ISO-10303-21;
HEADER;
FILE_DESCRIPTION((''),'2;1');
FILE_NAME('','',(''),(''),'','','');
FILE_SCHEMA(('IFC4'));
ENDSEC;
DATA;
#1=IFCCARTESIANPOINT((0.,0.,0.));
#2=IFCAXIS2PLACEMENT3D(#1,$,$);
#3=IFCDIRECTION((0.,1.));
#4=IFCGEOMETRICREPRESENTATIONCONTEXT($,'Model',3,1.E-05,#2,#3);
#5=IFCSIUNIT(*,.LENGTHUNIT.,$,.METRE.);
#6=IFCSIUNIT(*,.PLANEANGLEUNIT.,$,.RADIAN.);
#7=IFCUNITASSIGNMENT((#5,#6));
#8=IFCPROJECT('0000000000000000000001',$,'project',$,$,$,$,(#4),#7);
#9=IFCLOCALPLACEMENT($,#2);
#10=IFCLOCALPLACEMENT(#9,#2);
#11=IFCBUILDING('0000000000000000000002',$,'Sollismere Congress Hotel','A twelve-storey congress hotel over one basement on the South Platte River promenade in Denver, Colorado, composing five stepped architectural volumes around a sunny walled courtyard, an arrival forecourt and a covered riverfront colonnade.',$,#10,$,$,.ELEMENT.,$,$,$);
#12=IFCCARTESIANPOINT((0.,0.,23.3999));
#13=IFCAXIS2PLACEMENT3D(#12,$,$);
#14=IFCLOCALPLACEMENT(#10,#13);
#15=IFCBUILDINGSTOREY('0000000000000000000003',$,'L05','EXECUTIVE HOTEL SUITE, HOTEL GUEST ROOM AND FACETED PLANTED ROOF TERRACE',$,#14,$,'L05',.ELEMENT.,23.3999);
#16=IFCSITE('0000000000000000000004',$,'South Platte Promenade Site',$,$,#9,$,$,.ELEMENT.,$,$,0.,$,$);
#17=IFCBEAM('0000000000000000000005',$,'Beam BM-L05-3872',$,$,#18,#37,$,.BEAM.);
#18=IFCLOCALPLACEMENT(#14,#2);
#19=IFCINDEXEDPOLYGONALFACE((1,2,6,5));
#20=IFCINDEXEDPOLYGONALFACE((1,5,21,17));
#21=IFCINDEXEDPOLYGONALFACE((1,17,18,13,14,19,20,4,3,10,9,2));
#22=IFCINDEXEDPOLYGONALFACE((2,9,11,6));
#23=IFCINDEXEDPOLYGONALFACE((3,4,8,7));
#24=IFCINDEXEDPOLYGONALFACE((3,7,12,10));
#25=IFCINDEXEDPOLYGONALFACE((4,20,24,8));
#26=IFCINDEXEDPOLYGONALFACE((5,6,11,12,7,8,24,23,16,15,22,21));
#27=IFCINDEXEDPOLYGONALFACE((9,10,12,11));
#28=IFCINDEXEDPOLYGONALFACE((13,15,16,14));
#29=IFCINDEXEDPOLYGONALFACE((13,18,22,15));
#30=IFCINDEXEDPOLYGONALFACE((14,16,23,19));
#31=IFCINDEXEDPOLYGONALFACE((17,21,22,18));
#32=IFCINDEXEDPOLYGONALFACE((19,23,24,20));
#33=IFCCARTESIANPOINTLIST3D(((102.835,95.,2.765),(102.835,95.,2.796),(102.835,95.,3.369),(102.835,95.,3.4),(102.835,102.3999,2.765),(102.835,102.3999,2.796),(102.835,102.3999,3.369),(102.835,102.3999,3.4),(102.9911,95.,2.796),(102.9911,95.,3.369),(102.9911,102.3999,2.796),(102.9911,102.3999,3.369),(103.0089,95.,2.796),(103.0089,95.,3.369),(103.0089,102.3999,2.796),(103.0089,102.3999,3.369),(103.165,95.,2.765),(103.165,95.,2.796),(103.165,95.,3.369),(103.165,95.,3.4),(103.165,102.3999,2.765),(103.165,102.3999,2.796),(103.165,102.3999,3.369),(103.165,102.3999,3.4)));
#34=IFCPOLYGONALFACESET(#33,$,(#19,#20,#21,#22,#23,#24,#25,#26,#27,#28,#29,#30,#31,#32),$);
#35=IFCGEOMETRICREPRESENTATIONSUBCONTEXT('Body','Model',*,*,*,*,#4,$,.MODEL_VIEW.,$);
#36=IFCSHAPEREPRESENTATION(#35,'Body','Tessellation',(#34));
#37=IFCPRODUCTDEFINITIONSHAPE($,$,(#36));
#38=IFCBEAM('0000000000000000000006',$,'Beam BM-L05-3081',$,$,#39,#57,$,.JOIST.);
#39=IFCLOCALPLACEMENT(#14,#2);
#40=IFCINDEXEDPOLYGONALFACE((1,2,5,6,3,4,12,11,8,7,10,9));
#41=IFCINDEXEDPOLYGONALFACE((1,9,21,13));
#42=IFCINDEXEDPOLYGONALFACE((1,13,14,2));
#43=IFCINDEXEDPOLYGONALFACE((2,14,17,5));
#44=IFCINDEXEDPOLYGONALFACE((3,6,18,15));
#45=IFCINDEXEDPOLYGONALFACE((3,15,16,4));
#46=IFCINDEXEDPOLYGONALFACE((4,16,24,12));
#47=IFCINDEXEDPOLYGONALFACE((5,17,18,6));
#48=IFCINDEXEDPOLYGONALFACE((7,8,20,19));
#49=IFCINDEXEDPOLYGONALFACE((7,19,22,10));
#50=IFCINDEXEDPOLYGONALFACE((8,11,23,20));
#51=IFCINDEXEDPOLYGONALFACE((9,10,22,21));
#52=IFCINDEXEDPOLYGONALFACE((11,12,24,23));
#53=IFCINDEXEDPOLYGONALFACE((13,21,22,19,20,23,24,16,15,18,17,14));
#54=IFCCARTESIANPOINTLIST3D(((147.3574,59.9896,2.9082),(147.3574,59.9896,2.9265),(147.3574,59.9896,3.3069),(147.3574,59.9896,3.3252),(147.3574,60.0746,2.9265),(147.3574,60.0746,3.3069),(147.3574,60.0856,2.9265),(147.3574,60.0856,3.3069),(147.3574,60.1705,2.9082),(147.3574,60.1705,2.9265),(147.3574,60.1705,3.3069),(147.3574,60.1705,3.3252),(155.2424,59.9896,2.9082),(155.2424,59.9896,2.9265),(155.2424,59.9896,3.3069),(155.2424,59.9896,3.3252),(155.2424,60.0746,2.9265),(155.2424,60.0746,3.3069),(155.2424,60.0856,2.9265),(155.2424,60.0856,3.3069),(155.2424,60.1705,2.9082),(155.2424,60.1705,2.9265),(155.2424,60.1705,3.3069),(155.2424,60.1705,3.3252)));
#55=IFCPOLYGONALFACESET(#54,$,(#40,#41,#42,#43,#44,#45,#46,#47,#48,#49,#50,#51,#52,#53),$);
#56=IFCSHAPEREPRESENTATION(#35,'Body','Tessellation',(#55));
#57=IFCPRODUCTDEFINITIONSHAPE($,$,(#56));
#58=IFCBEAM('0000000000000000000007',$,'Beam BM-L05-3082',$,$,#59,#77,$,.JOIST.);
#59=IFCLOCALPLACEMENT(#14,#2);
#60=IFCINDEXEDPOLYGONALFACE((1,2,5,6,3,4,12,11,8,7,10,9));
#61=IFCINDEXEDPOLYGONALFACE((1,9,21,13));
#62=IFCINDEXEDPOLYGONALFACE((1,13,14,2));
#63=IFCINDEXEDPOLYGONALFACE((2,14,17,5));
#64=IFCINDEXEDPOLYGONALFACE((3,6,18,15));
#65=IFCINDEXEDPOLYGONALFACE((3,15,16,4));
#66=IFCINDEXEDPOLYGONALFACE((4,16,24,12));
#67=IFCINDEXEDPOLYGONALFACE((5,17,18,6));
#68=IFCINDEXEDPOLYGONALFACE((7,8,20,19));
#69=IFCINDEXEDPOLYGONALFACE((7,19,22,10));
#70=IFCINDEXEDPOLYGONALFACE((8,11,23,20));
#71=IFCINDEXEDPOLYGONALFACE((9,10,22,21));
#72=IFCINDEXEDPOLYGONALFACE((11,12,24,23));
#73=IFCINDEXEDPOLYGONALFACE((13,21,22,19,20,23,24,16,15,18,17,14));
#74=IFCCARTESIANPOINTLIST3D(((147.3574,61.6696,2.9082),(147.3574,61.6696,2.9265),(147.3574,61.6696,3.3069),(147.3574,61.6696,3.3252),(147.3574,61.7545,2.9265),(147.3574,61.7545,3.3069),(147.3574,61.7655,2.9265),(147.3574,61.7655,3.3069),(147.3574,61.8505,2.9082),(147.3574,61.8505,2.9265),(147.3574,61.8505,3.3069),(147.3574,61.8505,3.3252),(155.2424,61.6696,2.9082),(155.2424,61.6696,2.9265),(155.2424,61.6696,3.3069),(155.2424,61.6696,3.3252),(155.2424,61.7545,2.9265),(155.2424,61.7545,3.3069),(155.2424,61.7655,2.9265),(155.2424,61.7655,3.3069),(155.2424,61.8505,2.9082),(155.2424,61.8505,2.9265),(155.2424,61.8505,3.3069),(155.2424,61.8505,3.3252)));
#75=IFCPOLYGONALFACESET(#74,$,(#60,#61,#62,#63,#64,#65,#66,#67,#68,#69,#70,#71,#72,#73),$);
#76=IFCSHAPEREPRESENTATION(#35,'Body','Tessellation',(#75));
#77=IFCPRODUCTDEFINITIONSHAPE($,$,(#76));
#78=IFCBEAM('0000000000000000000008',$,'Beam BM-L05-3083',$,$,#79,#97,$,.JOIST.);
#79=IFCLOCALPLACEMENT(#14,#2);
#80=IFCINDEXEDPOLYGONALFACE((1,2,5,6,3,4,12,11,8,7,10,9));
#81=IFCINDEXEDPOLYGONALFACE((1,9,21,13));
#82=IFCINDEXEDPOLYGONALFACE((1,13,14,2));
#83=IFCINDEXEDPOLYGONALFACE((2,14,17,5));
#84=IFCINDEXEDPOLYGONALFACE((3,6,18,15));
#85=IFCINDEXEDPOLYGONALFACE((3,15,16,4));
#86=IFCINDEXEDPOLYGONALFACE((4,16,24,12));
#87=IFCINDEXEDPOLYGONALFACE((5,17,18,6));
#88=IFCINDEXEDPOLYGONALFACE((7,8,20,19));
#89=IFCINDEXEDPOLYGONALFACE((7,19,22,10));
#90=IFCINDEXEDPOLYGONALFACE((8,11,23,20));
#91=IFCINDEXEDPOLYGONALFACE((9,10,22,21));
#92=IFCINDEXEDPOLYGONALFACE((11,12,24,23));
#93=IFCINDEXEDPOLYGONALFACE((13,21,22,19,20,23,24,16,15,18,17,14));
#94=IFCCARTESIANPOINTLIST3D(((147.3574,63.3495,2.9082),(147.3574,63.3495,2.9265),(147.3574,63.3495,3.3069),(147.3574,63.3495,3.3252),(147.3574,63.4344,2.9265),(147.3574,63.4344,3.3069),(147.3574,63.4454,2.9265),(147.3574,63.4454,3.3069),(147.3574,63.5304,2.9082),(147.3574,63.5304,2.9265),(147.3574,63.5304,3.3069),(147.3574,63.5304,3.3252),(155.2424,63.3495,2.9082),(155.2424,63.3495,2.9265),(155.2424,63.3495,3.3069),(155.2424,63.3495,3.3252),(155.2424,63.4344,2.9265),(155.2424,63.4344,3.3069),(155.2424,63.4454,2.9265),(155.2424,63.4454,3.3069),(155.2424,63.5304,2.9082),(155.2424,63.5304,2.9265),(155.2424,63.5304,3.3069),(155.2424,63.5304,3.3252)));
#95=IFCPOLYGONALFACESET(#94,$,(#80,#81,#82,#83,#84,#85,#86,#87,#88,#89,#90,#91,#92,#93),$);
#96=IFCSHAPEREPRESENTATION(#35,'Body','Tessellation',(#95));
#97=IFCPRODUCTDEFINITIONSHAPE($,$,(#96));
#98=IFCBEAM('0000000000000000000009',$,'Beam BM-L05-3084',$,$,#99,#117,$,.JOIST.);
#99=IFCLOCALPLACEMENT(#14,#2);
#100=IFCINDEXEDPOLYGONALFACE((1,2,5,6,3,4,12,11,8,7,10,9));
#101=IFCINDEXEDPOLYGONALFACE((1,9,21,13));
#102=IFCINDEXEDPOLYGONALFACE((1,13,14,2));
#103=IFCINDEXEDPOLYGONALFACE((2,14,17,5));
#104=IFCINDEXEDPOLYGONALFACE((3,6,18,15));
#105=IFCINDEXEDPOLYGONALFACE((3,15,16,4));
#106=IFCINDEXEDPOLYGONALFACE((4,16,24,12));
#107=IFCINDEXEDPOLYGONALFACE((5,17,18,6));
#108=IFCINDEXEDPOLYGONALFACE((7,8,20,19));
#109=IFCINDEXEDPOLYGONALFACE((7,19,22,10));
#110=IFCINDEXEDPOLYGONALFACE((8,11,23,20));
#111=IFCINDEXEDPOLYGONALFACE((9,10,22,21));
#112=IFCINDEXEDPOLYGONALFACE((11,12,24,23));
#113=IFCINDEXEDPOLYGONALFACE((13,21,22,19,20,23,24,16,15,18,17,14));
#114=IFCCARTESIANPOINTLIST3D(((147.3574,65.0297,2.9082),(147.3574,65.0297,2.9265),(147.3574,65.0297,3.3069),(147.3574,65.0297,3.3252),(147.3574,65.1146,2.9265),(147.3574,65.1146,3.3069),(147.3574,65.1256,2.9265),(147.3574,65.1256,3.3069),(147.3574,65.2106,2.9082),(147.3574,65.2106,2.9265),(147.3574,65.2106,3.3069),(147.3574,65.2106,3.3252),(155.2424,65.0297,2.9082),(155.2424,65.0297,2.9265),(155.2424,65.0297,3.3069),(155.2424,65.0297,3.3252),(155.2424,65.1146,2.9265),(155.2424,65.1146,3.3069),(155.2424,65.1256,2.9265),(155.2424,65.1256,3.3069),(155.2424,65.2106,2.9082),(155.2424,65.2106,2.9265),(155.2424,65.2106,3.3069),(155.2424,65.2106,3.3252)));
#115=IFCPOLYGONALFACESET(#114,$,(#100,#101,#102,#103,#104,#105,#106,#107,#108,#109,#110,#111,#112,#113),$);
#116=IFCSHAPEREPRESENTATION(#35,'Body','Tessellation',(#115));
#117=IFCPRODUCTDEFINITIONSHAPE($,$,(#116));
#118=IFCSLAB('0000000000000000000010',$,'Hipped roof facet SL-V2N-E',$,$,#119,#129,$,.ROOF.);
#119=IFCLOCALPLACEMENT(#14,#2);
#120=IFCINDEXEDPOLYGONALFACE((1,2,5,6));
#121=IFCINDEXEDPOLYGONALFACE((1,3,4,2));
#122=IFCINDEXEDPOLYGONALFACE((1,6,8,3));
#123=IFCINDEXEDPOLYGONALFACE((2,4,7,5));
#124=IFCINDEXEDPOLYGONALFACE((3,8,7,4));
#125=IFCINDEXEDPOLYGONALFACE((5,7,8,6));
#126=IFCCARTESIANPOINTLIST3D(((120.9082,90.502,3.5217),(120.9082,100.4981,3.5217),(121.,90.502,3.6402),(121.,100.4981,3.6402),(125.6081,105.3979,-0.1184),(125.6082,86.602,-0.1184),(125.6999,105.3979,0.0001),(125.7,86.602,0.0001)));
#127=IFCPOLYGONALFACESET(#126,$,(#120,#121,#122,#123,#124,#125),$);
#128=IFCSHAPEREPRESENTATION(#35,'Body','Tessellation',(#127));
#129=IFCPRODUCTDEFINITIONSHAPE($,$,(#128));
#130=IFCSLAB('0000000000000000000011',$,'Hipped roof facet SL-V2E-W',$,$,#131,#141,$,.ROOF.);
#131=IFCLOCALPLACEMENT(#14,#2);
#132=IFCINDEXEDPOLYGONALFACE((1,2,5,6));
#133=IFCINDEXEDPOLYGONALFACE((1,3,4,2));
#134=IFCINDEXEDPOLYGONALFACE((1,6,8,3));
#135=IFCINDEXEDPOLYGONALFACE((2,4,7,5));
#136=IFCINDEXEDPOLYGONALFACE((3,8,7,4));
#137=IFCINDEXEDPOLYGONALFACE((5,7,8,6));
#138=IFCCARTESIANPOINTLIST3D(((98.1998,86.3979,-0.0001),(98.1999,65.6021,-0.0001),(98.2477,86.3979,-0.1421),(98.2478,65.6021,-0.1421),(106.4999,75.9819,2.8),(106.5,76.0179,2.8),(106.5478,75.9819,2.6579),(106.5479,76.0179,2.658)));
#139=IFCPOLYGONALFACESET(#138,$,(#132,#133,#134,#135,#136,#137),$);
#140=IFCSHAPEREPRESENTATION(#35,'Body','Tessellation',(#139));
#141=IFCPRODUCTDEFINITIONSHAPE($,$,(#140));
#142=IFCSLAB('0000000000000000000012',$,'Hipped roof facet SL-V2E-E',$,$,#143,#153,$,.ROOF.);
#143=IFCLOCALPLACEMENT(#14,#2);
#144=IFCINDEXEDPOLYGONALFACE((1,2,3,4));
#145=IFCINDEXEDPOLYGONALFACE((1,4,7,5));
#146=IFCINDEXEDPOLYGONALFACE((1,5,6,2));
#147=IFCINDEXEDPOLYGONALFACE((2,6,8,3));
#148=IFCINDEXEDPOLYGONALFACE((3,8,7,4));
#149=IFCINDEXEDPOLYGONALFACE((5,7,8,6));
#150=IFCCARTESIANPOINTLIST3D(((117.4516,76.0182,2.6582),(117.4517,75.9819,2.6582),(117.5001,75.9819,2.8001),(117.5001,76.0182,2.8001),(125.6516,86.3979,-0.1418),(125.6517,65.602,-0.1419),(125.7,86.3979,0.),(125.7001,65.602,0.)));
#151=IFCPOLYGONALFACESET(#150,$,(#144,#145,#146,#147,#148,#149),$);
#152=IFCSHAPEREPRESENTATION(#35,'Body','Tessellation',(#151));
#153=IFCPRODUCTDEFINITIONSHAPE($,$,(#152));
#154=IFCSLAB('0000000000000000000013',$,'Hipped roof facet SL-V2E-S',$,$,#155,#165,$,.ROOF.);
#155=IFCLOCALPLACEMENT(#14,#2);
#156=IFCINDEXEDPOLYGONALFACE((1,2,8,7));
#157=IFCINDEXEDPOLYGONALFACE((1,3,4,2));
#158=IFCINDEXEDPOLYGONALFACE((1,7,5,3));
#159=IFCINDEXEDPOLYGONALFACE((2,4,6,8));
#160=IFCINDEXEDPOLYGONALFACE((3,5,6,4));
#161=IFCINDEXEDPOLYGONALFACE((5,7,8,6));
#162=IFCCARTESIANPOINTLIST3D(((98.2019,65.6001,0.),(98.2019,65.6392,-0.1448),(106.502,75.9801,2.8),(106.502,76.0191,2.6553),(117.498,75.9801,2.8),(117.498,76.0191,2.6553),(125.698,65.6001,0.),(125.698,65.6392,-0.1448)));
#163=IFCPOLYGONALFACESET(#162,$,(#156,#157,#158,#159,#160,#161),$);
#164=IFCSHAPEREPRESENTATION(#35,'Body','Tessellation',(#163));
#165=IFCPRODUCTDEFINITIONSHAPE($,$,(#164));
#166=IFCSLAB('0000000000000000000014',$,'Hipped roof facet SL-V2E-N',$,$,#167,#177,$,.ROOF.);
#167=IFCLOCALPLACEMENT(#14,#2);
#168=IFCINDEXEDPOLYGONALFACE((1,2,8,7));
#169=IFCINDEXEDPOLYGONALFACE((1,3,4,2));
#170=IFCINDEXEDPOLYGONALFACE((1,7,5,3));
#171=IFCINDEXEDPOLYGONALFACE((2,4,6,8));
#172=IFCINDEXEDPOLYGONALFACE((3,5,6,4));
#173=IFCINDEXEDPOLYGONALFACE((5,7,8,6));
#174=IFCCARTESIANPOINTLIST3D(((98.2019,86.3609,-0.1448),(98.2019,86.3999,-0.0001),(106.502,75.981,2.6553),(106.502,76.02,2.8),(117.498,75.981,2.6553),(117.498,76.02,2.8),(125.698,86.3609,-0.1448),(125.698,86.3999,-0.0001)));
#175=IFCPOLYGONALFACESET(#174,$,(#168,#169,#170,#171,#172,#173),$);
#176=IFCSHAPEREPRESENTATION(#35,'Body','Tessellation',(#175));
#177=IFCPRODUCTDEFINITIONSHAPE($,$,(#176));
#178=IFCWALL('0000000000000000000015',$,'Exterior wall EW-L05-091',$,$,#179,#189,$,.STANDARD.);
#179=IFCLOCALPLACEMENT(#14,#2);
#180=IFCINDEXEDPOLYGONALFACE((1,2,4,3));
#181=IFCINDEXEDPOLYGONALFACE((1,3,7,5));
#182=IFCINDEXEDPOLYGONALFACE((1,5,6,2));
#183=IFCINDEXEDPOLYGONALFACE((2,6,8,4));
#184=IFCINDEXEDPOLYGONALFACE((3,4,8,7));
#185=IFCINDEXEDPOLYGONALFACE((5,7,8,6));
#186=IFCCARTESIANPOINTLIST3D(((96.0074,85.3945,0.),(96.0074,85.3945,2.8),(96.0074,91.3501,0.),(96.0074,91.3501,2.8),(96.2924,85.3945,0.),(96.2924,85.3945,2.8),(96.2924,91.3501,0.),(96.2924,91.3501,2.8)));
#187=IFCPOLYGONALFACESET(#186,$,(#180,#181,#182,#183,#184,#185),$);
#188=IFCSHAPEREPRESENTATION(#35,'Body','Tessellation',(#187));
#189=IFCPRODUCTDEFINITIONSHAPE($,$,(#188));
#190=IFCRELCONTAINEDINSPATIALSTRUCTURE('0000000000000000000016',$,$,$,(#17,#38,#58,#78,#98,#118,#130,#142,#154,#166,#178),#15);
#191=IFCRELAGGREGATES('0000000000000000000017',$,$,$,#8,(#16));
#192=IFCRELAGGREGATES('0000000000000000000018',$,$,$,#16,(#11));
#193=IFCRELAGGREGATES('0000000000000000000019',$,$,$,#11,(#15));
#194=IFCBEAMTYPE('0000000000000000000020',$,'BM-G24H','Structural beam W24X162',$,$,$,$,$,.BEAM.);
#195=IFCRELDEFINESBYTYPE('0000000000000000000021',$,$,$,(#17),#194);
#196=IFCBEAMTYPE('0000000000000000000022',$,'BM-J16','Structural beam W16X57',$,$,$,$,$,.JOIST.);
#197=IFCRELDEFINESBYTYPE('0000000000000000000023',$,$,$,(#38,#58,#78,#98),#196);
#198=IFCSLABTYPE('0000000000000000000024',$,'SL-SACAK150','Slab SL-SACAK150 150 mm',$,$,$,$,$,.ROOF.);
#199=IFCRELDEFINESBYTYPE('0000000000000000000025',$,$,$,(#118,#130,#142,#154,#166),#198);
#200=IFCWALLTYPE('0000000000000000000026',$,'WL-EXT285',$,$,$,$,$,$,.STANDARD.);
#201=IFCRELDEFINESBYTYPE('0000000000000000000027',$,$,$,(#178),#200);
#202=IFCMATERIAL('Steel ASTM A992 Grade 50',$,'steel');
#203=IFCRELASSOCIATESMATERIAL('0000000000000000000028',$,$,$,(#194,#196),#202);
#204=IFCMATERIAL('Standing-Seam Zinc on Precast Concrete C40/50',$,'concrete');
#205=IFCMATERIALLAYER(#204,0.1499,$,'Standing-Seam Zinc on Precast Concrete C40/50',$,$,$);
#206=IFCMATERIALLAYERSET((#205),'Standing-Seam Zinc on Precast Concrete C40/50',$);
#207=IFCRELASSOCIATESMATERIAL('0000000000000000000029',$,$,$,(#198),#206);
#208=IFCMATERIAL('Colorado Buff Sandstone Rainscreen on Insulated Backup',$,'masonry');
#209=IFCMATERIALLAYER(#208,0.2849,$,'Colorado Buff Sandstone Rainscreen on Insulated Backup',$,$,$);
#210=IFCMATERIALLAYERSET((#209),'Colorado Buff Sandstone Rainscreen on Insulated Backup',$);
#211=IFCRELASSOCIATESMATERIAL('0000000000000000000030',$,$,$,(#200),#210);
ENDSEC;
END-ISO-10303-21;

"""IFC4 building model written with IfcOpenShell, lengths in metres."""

from ifc_helpers import new_model, si_unit, direction, frame, frame_2d, origin, origin_2d, place, context, subcontext, project, spatial, polyline, rectangle, i_section, outline, extrude, material, layer, layer_set, material_profile, profile_set, type_object, element, save


model = new_model("IFC4")

# Units and contexts
model_context = context("Model", 3, precision=1e-05, world=origin(), true_north=direction((0.0, 1.0)))
body_context = subcontext(model_context, "Body", "Model", "MODEL_VIEW")
ifc_project = project(units=[si_unit("LENGTHUNIT", "METRE"), si_unit("PLANEANGLEUNIT", "RADIAN")], contexts=[model_context])

# Site, building, storey
site_placement = place(None, origin())
site = spatial("IfcSite", under=ifc_project, at=site_placement, Name="South Platte Promenade Site", CompositionType="ELEMENT", RefElevation=0.0)
building_placement = place(site_placement, origin())
building = spatial("IfcBuilding", under=site, at=building_placement, Name="Sollismere Congress Hotel", Description="A twelve-storey congress hotel over one basement on the South Platte River promenade in Denver, Colorado, composing five stepped architectural volumes around a sunny walled courtyard, an arrival forecourt and a covered riverfront colonnade.", CompositionType="ELEMENT")
storey_placement = place(building_placement, frame((0.0, 0.0, 23.3999)))
storey = spatial("IfcBuildingStorey", under=building, at=storey_placement, Name="L05", Description="EXECUTIVE HOTEL SUITE, HOTEL GUEST ROOM AND FACETED PLANTED ROOF TERRACE", LongName="L05", CompositionType="ELEMENT", Elevation=23.3999)

# Shared definitions
ifc_material_1 = material(Name="Steel ASTM A992 Grade 50", Category="steel")

# Beams
ifc_material_profile_1 = material_profile(ifc_material_1, i_section(OverallWidth=0.3301, OverallDepth=0.635, WebThickness=0.0178, FlangeThickness=0.031, at=origin_2d()), Name="W24X162")
ifc_profile_set_1 = profile_set([ifc_material_profile_1], Name="Steel ASTM A992 Grade 50")
beam_type_1 = type_object("IfcBeamType", Name="BM-G24H", Description="Structural beam W24X162", PredefinedType="BEAM", material=ifc_profile_set_1)
beam_1_placement = place(storey_placement, frame((103.0, 95.0, 3.0825), z_axis=(0.0, 1.0, 0.0), x_axis=(-1.0, 0.0, 0.0)))
element("IfcBeam", 1, at=beam_1_placement, inside=storey, type_object=beam_type_1, Name="Beam BM-L05-3872", PredefinedType="BEAM", context=body_context, shape_type="SweptSolid", body=[
    extrude(i_section(OverallWidth=0.3301, OverallDepth=0.635, WebThickness=0.0178, FlangeThickness=0.031, at=origin_2d()), origin(), (0.0, 0.0, 1.0), 7.3999),
])
ifc_material_profile_2 = material_profile(ifc_material_1, i_section(OverallWidth=0.1809, OverallDepth=0.417, WebThickness=0.011, FlangeThickness=0.0183, at=origin_2d()), Name="W16X57")
ifc_profile_set_2 = profile_set([ifc_material_profile_2], Name="Steel ASTM A992 Grade 50")
beam_type_2 = type_object("IfcBeamType", Name="BM-J16", Description="Structural beam W16X57", PredefinedType="JOIST", material=ifc_profile_set_2)
for number, where, z_axis, x_axis, name in (
    (2, (147.3574, 60.0801, 3.1167), (1.0, 0.0, 0.0), (0.0, 1.0, 0.0), "Beam BM-L05-3081"),
    (3, (147.3574, 61.76, 3.1167), (1.0, 0.0, 0.0), (0.0, 1.0, 0.0), "Beam BM-L05-3082"),
    (4, (147.3574, 63.4399, 3.1167), (1.0, 0.0, 0.0), (0.0, 1.0, 0.0), "Beam BM-L05-3083"),
    (5, (147.3574, 65.1201, 3.1167), (1.0, 0.0, 0.0), (0.0, 1.0, 0.0), "Beam BM-L05-3084"),
):
    element("IfcBeam", number, at=place(storey_placement, frame(where, z_axis=z_axis, x_axis=x_axis)), inside=storey, type_object=beam_type_2, Name=name, PredefinedType="JOIST", context=body_context, shape_type="SweptSolid", body=[
        extrude(i_section(OverallWidth=0.1809, OverallDepth=0.417, WebThickness=0.011, FlangeThickness=0.0183, at=origin_2d()), origin(), (0.0, 0.0, 1.0), 7.885),
    ])

# Slabs
ifc_material_2 = material(Name="Standing-Seam Zinc on Precast Concrete C40/50", Category="concrete")
ifc_layer_1 = layer(ifc_material_2, 0.1499, Name="Standing-Seam Zinc on Precast Concrete C40/50")
ifc_layer_set_1 = layer_set([ifc_layer_1], Name="Standing-Seam Zinc on Precast Concrete C40/50")
slab_type = type_object("IfcSlabType", Name="SL-SACAK150", Description="Slab SL-SACAK150 150 mm", PredefinedType="ROOF", material=ifc_layer_set_1)
slab_1_placement = place(storey_placement, frame((120.9082, 90.502, 3.5217), z_axis=(0.612327, 0.0, 0.790604), x_axis=(0.661052, -0.548524, -0.511988)))
element("IfcSlab", 6, at=slab_1_placement, inside=storey, type_object=slab_type, Name="Hipped roof facet SL-V2N-E", PredefinedType="ROOF", context=body_context, shape_type="SweptSolid", body=[
    extrude(outline(polyline([(0.0, 0.0), (7.1099, 0.0), (-3.2002, 15.7158), (-5.4832, 8.3582), (0.0, 0.0)])), origin(), (0.0, 0.0, 1.0), 0.1499),
])
slab_2_placement = place(storey_placement, frame((98.2478, 65.6021, -0.1421), z_axis=(-0.319654, 0.0, 0.947534), x_axis=(0.611103, 0.764233, 0.206158)))
element("IfcSlab", 7, at=slab_2_placement, inside=storey, type_object=slab_type, Name="Hipped roof facet SL-V2E-W", PredefinedType="ROOF", context=body_context, shape_type="SweptSolid", body=[
    extrude(outline(polyline([(0.0, 0.0), (13.582, 0.0), (13.6096, 0.0232), (15.8928, 13.4121), (0.0, 0.0)])), origin(), (0.0, 0.0, 1.0), 0.1499),
])
slab_3_placement = place(storey_placement, frame((117.4517, 75.9819, 2.6582), z_axis=(0.323151, 0.0, 0.946348), x_axis=(0.606454, -0.767678, -0.207087)))
element("IfcSlab", 8, at=slab_3_placement, inside=storey, type_object=slab_type, Name="Hipped roof facet SL-V2E-E", PredefinedType="ROOF", context=body_context, shape_type="SweptSolid", body=[
    extrude(outline(polyline([(0.0, 0.0), (13.5212, 0.0), (-2.4434, 13.3267), (-0.0278, 0.0232), (0.0, 0.0)])), origin(), (0.0, 0.0, 1.0), 0.1499),
])
slab_4_placement = place(storey_placement, frame((98.2019, 65.6392, -0.1448), z_axis=(0.0, -0.260447, 0.965488), x_axis=(1.0, 0.0, 0.0)))
element("IfcSlab", 9, at=slab_4_placement, inside=storey, type_object=slab_type, Name="Hipped roof facet SL-V2E-S", PredefinedType="ROOF", context=body_context, shape_type="SweptSolid", body=[
    extrude(outline(polyline([(0.0, 0.0), (27.4961, 0.0), (19.2961, 10.751), (8.3, 10.751), (0.0, 0.0)])), origin(), (0.0, 0.0, 1.0), 0.1499),
])
slab_5_placement = place(storey_placement, frame((106.502, 75.981, 2.6553), z_axis=(0.0, 0.260447, 0.965488), x_axis=(1.0, 0.0, 0.0)))
element("IfcSlab", 10, at=slab_5_placement, inside=storey, type_object=slab_type, Name="Hipped roof facet SL-V2E-N", PredefinedType="ROOF", context=body_context, shape_type="SweptSolid", body=[
    extrude(outline(polyline([(0.0, 0.0), (10.9961, 0.0), (19.196, 10.751), (-8.3, 10.751), (0.0, 0.0)])), origin(), (0.0, 0.0, 1.0), 0.1499),
])

# Wall
ifc_material_3 = material(Name="Colorado Buff Sandstone Rainscreen on Insulated Backup", Category="masonry")
ifc_layer_2 = layer(ifc_material_3, 0.2849, Name="Colorado Buff Sandstone Rainscreen on Insulated Backup")
ifc_layer_set_2 = layer_set([ifc_layer_2], Name="Colorado Buff Sandstone Rainscreen on Insulated Backup")
wall_type_1 = type_object("IfcWallType", Name="WL-EXT285", PredefinedType="STANDARD", material=ifc_layer_set_2)
wall_1_placement = place(storey_placement, frame((96.1499, 85.3945, 0.0), z_axis=(0.0, 0.0, 1.0), x_axis=(0.0, 1.0, 0.0)))
element("IfcWall", 11, at=wall_1_placement, inside=storey, type_object=wall_type_1, Name="Exterior wall EW-L05-091", PredefinedType="STANDARD", context=body_context, shape_type="SweptSolid", body=[
    extrude(rectangle(XDim=5.9556, YDim=0.2849, at=frame_2d((2.9778, 0.0))), origin(), (0.0, 0.0, 1.0), 2.8),
])

save(model, "model.ifc")
